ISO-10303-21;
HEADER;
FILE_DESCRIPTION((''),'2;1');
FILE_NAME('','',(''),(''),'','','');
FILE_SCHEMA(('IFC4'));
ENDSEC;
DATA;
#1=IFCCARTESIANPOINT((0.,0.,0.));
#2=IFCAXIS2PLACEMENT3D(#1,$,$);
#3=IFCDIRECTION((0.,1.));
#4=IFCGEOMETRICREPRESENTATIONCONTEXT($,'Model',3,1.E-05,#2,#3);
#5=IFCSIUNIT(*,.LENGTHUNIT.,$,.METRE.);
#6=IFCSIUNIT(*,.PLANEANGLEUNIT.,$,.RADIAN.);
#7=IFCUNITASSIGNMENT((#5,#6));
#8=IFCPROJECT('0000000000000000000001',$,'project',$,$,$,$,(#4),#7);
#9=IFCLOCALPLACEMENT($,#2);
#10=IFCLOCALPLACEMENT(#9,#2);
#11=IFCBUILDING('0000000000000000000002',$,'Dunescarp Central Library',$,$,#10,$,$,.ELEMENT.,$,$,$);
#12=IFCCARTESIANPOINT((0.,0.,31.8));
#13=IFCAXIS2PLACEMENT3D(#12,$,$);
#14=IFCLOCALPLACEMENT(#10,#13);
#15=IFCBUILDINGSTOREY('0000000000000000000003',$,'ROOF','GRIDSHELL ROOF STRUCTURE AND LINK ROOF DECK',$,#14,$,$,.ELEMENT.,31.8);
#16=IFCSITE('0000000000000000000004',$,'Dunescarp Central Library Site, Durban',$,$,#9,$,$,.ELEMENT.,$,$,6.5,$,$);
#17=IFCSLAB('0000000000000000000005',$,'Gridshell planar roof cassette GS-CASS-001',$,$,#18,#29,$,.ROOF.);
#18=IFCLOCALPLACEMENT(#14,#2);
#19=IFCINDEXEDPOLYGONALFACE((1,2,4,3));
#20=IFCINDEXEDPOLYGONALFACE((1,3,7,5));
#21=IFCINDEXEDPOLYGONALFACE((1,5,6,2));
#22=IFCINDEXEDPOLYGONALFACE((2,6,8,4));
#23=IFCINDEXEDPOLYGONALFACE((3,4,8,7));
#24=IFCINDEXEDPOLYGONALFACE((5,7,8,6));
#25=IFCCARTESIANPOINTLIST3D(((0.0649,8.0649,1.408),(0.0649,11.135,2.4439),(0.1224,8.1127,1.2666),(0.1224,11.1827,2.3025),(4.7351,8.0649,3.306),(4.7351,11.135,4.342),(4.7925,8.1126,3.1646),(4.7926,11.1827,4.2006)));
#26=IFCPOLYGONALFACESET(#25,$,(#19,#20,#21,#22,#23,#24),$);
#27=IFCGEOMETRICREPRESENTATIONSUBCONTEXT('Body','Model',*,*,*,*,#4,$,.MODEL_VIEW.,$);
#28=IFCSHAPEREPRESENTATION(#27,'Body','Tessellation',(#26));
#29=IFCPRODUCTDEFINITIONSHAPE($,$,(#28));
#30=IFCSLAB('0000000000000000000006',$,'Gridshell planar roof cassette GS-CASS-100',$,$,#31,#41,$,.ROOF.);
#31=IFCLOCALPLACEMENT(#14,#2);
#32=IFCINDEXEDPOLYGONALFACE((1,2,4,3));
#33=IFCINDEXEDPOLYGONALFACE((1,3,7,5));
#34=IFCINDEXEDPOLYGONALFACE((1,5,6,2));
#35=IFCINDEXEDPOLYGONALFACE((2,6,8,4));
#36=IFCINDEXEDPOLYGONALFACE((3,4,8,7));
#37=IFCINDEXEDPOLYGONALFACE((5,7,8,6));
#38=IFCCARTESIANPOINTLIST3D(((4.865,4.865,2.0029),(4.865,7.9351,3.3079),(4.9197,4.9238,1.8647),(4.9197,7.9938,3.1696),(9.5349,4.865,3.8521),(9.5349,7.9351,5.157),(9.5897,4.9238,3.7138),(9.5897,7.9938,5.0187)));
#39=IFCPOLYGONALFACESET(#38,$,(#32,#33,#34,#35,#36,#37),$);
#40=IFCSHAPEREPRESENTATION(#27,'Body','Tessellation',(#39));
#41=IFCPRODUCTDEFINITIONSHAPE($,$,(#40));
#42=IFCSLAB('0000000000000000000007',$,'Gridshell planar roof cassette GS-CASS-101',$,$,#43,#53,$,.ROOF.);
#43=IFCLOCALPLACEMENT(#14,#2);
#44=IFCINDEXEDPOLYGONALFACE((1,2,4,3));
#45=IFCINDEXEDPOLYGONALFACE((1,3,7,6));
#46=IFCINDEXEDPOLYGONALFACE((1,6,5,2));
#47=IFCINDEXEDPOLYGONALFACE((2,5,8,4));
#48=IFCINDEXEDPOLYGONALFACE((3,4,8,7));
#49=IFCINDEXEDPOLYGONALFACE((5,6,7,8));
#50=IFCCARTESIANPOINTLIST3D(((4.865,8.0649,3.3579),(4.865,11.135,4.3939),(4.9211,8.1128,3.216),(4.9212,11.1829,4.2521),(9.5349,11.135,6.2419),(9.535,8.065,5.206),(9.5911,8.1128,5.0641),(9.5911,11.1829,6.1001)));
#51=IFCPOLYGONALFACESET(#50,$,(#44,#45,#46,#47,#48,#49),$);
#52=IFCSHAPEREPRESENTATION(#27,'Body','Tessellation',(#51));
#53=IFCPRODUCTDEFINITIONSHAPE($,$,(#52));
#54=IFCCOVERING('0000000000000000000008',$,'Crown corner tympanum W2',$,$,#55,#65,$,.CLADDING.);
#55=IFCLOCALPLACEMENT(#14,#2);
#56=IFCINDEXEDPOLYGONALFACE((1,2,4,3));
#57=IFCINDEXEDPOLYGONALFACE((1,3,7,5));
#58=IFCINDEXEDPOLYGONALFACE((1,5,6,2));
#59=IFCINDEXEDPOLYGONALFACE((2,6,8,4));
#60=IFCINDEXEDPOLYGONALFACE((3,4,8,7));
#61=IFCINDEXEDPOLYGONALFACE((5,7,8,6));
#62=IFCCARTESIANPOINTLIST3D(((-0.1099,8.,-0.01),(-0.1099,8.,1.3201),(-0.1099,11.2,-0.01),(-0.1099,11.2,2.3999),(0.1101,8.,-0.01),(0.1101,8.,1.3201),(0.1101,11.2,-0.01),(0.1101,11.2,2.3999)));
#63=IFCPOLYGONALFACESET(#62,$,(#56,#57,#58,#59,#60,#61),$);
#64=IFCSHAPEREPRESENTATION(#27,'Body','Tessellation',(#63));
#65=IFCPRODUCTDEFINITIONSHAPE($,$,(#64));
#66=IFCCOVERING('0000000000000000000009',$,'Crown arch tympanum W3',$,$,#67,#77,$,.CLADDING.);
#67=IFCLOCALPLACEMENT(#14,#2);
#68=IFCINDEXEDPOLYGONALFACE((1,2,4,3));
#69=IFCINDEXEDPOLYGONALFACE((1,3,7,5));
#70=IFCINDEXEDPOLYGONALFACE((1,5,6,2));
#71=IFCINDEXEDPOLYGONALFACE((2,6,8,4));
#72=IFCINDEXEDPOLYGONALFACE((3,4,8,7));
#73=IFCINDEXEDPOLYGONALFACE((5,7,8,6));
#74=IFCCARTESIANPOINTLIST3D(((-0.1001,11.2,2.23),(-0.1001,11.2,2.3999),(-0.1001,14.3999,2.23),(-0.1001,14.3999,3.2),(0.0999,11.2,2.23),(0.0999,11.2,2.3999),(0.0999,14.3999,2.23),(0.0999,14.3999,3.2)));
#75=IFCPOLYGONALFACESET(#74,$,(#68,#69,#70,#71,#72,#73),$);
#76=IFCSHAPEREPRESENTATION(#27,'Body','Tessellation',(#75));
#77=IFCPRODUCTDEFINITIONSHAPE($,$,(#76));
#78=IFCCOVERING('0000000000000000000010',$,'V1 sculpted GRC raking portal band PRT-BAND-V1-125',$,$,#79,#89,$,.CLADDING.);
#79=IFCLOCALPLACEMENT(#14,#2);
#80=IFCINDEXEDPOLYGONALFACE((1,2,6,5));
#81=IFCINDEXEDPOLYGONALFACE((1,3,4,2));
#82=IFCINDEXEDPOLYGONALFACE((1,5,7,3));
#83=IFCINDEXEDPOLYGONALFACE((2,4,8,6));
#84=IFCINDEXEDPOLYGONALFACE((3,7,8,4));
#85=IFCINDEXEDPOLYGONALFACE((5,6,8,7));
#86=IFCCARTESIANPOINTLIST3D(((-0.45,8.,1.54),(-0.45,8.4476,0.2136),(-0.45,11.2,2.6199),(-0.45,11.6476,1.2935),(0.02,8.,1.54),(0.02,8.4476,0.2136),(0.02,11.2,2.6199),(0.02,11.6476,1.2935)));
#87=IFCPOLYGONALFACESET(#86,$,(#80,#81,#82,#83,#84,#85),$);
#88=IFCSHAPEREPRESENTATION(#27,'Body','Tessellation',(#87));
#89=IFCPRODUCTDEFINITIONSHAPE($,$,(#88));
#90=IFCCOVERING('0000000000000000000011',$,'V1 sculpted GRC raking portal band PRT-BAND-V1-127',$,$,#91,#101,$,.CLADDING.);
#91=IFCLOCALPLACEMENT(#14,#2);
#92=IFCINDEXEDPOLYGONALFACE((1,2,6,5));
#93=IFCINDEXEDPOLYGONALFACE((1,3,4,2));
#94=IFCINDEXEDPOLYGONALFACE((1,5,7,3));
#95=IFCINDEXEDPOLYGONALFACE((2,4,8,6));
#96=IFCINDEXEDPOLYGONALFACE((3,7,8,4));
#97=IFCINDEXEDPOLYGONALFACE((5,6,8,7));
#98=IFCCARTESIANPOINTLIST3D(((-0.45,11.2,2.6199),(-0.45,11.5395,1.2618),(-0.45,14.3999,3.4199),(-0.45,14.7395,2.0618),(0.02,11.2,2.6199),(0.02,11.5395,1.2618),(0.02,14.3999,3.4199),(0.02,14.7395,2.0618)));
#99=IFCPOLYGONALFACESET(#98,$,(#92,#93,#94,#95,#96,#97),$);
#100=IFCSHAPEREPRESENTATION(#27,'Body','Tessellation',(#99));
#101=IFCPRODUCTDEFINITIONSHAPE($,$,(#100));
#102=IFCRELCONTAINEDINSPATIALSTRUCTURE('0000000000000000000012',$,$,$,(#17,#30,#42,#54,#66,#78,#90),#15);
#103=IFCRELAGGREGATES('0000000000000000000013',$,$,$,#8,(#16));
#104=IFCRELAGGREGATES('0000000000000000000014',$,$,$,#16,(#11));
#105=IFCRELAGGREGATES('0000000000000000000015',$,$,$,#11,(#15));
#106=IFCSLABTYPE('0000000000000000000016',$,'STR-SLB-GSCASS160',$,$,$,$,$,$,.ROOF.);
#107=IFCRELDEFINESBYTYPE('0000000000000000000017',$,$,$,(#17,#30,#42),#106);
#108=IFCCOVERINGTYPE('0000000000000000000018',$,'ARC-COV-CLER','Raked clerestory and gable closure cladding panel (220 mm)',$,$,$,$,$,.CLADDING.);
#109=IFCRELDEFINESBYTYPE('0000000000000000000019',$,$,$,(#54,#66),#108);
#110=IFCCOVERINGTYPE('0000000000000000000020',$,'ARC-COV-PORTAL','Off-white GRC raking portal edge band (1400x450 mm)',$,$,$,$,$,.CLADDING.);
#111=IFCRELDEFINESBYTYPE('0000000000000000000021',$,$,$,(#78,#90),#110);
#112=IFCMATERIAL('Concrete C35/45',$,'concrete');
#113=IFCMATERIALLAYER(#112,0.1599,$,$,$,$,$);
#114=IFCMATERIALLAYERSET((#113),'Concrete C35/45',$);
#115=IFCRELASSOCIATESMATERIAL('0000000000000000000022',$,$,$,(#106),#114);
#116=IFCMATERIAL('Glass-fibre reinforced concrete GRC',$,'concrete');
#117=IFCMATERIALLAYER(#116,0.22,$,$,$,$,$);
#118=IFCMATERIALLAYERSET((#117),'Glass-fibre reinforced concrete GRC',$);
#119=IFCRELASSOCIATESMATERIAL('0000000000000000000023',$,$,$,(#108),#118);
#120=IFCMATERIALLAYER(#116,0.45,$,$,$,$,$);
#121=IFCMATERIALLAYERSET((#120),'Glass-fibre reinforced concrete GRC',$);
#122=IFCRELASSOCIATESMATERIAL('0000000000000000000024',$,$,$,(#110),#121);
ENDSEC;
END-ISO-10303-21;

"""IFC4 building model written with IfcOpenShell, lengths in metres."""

from ifc_helpers import new_model, si_unit, direction, frame, origin, place, context, subcontext, project, spatial, polyline, outline, extrude, material, layer, layer_set, type_object, element, save


model = new_model("IFC4")

# Units and contexts
model_context = context("Model", 3, precision=1e-05, world=origin(), true_north=direction((0.0, 1.0)))
body_context = subcontext(model_context, "Body", "Model", "MODEL_VIEW")
ifc_project = project(units=[si_unit("LENGTHUNIT", "METRE"), si_unit("PLANEANGLEUNIT", "RADIAN")], contexts=[model_context])

# Site, building, storey
site_placement = place(None, origin())
site = spatial("IfcSite", under=ifc_project, at=site_placement, Name="Dunescarp Central Library Site, Durban", CompositionType="ELEMENT", RefElevation=6.5)
building_placement = place(site_placement, origin())
building = spatial("IfcBuilding", under=site, at=building_placement, Name="Dunescarp Central Library", CompositionType="ELEMENT")
storey_placement = place(building_placement, frame((0.0, 0.0, 31.8)))
storey = spatial("IfcBuildingStorey", under=building, at=storey_placement, Name="ROOF", Description="GRIDSHELL ROOF STRUCTURE AND LINK ROOF DECK", CompositionType="ELEMENT", Elevation=31.8)

# Slabs
ifc_material_1 = material(Name="Concrete C35/45", Category="concrete")
ifc_layer_1 = layer(ifc_material_1, 0.1599)
ifc_layer_set_1 = layer_set([ifc_layer_1], Name="Concrete C35/45")
slab_type = type_object("IfcSlabType", Name="STR-SLB-GSCASS160", PredefinedType="ROOF", material=ifc_layer_set_1)
slab_1_placement = place(storey_placement, frame((0.0649, 8.0649, 1.408), z_axis=(-0.359365, -0.298381, 0.884209), x_axis=(0.926411, -0.000006, 0.376514)))
element("IfcSlab", 1, at=slab_1_placement, inside=storey, type_object=slab_type, Name="Gridshell planar roof cassette GS-CASS-001", PredefinedType="ROOF", context=body_context, shape_type="SweptSolid", body=[
    extrude(outline(polyline([(0.0, 0.0), (5.0411, 0.0), (5.4312, 3.2166), (0.39, 3.2166), (0.0, 0.0)])), origin(), (0.0, 0.0, -1.0), 0.1599),
])
slab_2_placement = place(storey_placement, frame((4.865, 4.865, 2.0029), z_axis=(-0.342386, -0.367536, 0.86469), x_axis=(0.929765, 0.0, 0.368154)))
element("IfcSlab", 2, at=slab_2_placement, inside=storey, type_object=slab_type, Name="Gridshell planar roof cassette GS-CASS-100", PredefinedType="ROOF", context=body_context, shape_type="SweptSolid", body=[
    extrude(outline(polyline([(0.0, 0.0), (5.0227, 0.0), (5.5031, 3.3011), (0.4804, 3.3011), (0.0, 0.0)])), origin(), (0.0, 0.0, -1.0), 0.1599),
])
slab_3_placement = place(storey_placement, frame((4.865, 8.0649, 3.3579), z_axis=(-0.351087, -0.299387, 0.88719), x_axis=(0.929839, 0.000006, 0.367966)))
element("IfcSlab", 3, at=slab_3_placement, inside=storey, type_object=slab_type, Name="Gridshell planar roof cassette GS-CASS-101", PredefinedType="ROOF", context=body_context, shape_type="SweptSolid", body=[
    extrude(outline(polyline([(0.0, 0.0), (5.0223, 0.0), (5.4035, 3.2176), (0.3813, 3.2177), (0.0, 0.0)])), origin(), (0.0, 0.0, -1.0), 0.1599),
])

# Coverings
ifc_material_2 = material(Name="Glass-fibre reinforced concrete GRC", Category="concrete")
ifc_layer_2 = layer(ifc_material_2, 0.22)
ifc_layer_set_2 = layer_set([ifc_layer_2], Name="Glass-fibre reinforced concrete GRC")
covering_type_1 = type_object("IfcCoveringType", Name="ARC-COV-CLER", Description="Raked clerestory and gable closure cladding panel (220 mm)", PredefinedType="CLADDING", material=ifc_layer_set_2)
covering_1_placement = place(storey_placement, frame((0.0, 8.0, -0.01), z_axis=(0.0, 0.0, 1.0), x_axis=(0.0, 1.0, 0.0)))
element("IfcCovering", 4, at=covering_1_placement, inside=storey, type_object=covering_type_1, Name="Crown corner tympanum W2", PredefinedType="CLADDING", context=body_context, shape_type="SweptSolid", body=[
    extrude(outline(polyline([(0.0, 0.0), (3.2, 0.0), (3.2, 2.4099), (0.0, 1.3301), (0.0, 0.0)])), frame((0.0, 0.1099, 0.0), z_axis=(0.0, -1.0, 0.0), x_axis=(1.0, 0.0, 0.0)), (0.0, 0.0, 1.0), 0.22),
])
covering_2_placement = place(storey_placement, frame((0.0, 11.2, 2.23), z_axis=(0.0, 0.0, 1.0), x_axis=(0.0, 1.0, 0.0)))
element("IfcCovering", 5, at=covering_2_placement, inside=storey, type_object=covering_type_1, Name="Crown arch tympanum W3", PredefinedType="CLADDING", context=body_context, shape_type="SweptSolid", body=[
    extrude(outline(polyline([(0.0, 0.0), (3.2, 0.0), (3.2, 0.97), (0.0, 0.1699), (0.0, 0.0)])), frame((0.0, 0.1001, 0.0), z_axis=(0.0, -1.0, 0.0), x_axis=(1.0, 0.0, 0.0)), (0.0, 0.0, 1.0), 0.2),
])
ifc_layer_3 = layer(ifc_material_2, 0.45)
ifc_layer_set_3 = layer_set([ifc_layer_3], Name="Glass-fibre reinforced concrete GRC")
covering_type_2 = type_object("IfcCoveringType", Name="ARC-COV-PORTAL", Description="Off-white GRC raking portal edge band (1400x450 mm)", PredefinedType="CLADDING", material=ifc_layer_set_3)
covering_3_placement = place(storey_placement, frame((-0.45, 8.0, 1.54), z_axis=(0.0, -0.319739, 0.947506), x_axis=(1.0, 0.0, 0.0)))
element("IfcCovering", 6, at=covering_3_placement, inside=storey, type_object=covering_type_2, Name="V1 sculpted GRC raking portal band PRT-BAND-V1-125", PredefinedType="CLADDING", context=body_context, shape_type="SweptSolid", body=[
    extrude(outline(polyline([(0.0, 0.0), (0.47, 0.0), (0.47, 3.3772), (0.0, 3.3772), (0.0, 0.0)])), origin(), (0.0, 0.0, -1.0), 1.3999),
])
covering_4_placement = place(storey_placement, frame((-0.45, 11.2, 2.6199), z_axis=(0.0, -0.242553, 0.970138), x_axis=(1.0, 0.0, 0.0)))
element("IfcCovering", 7, at=covering_4_placement, inside=storey, type_object=covering_type_2, Name="V1 sculpted GRC raking portal band PRT-BAND-V1-127", PredefinedType="CLADDING", context=body_context, shape_type="SweptSolid", body=[
    extrude(outline(polyline([(0.0, 0.0), (0.47, 0.0), (0.47, 3.2984), (0.0, 3.2984), (0.0, 0.0)])), origin(), (0.0, 0.0, -1.0), 1.3999),
])

save(model, "model.ifc")
